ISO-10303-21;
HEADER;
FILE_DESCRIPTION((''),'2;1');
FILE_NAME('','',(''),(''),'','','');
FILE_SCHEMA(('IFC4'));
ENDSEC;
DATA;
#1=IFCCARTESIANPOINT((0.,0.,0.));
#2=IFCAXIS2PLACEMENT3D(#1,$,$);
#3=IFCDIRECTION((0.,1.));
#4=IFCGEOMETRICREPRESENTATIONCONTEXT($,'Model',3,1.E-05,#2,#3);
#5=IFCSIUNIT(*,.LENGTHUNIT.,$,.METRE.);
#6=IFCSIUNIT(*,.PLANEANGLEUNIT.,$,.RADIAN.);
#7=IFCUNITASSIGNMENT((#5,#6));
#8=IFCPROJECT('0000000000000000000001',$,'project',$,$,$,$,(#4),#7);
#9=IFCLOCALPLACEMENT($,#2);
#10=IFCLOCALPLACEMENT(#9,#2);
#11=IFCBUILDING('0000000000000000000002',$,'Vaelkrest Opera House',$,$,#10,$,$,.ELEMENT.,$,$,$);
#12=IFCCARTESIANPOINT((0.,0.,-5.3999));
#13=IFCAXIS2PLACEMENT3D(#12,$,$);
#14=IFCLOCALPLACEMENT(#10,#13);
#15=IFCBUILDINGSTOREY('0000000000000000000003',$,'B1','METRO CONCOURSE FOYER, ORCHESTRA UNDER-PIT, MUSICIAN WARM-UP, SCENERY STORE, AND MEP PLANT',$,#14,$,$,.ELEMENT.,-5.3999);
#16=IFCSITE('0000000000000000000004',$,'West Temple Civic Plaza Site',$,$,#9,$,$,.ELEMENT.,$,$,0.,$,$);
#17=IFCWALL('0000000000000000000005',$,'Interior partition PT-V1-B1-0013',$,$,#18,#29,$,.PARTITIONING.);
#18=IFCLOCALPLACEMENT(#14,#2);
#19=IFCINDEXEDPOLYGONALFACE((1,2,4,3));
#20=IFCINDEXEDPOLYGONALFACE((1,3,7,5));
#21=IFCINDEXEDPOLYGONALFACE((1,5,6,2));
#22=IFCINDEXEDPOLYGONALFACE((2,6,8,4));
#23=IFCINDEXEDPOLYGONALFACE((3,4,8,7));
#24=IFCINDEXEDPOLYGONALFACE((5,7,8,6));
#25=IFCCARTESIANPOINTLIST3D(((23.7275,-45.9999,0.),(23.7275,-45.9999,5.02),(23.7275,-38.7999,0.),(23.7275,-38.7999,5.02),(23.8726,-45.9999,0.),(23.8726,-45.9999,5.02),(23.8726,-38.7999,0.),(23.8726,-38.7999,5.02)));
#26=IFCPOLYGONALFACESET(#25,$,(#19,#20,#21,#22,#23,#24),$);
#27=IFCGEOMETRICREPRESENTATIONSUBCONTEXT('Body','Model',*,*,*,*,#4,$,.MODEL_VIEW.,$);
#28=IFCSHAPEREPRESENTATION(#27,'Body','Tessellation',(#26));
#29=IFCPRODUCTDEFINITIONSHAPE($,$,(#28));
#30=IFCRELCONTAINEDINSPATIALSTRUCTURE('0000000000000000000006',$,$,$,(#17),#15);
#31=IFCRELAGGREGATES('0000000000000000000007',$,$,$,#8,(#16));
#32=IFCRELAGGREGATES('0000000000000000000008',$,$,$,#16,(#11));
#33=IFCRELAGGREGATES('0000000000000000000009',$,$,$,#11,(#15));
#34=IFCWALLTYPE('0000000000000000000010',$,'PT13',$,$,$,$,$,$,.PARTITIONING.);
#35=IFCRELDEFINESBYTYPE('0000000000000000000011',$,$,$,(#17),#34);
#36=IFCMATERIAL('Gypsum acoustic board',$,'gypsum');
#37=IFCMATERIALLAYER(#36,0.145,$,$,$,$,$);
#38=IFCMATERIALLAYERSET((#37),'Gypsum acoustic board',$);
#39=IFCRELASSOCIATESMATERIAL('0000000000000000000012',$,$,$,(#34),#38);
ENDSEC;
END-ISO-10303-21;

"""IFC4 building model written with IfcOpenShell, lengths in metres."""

from ifc_helpers import new_model, si_unit, direction, frame, frame_2d, origin, place, context, subcontext, project, spatial, rectangle, extrude, material, layer, layer_set, type_object, element, save


model = new_model("IFC4")

# Units and contexts
model_context = context("Model", 3, precision=1e-05, world=origin(), true_north=direction((0.0, 1.0)))
body_context = subcontext(model_context, "Body", "Model", "MODEL_VIEW")
ifc_project = project(units=[si_unit("LENGTHUNIT", "METRE"), si_unit("PLANEANGLEUNIT", "RADIAN")], contexts=[model_context])

# Site, building, storey
site_placement = place(None, origin())
site = spatial("IfcSite", under=ifc_project, at=site_placement, Name="West Temple Civic Plaza Site", CompositionType="ELEMENT", RefElevation=0.0)
building_placement = place(site_placement, origin())
building = spatial("IfcBuilding", under=site, at=building_placement, Name="Vaelkrest Opera House", CompositionType="ELEMENT")
storey_placement = place(building_placement, frame((0.0, 0.0, -5.3999)))
storey = spatial("IfcBuildingStorey", under=building, at=storey_placement, Name="B1", Description="METRO CONCOURSE FOYER, ORCHESTRA UNDER-PIT, MUSICIAN WARM-UP, SCENERY STORE, AND MEP PLANT", CompositionType="ELEMENT", Elevation=-5.3999)

# Wall
ifc_material_1 = material(Name="Gypsum acoustic board", Category="gypsum")
ifc_layer = layer(ifc_material_1, 0.145)
ifc_layer_set = layer_set([ifc_layer], Name="Gypsum acoustic board")
wall_type = type_object("IfcWallType", Name="PT13", PredefinedType="PARTITIONING", material=ifc_layer_set)
wall_placement = place(storey_placement, frame((23.8, -46.0, 0.0), z_axis=(0.0, 0.0, 1.0), x_axis=(0.0, 1.0, 0.0)))
element("IfcWall", 1, at=wall_placement, inside=storey, type_object=wall_type, Name="Interior partition PT-V1-B1-0013", PredefinedType="PARTITIONING", context=body_context, shape_type="SweptSolid", body=[
    extrude(rectangle(XDim=7.2, YDim=0.145, at=frame_2d((3.6001, 0.0))), origin(), (0.0, 0.0, 1.0), 5.02),
])

save(model, "model.ifc")
